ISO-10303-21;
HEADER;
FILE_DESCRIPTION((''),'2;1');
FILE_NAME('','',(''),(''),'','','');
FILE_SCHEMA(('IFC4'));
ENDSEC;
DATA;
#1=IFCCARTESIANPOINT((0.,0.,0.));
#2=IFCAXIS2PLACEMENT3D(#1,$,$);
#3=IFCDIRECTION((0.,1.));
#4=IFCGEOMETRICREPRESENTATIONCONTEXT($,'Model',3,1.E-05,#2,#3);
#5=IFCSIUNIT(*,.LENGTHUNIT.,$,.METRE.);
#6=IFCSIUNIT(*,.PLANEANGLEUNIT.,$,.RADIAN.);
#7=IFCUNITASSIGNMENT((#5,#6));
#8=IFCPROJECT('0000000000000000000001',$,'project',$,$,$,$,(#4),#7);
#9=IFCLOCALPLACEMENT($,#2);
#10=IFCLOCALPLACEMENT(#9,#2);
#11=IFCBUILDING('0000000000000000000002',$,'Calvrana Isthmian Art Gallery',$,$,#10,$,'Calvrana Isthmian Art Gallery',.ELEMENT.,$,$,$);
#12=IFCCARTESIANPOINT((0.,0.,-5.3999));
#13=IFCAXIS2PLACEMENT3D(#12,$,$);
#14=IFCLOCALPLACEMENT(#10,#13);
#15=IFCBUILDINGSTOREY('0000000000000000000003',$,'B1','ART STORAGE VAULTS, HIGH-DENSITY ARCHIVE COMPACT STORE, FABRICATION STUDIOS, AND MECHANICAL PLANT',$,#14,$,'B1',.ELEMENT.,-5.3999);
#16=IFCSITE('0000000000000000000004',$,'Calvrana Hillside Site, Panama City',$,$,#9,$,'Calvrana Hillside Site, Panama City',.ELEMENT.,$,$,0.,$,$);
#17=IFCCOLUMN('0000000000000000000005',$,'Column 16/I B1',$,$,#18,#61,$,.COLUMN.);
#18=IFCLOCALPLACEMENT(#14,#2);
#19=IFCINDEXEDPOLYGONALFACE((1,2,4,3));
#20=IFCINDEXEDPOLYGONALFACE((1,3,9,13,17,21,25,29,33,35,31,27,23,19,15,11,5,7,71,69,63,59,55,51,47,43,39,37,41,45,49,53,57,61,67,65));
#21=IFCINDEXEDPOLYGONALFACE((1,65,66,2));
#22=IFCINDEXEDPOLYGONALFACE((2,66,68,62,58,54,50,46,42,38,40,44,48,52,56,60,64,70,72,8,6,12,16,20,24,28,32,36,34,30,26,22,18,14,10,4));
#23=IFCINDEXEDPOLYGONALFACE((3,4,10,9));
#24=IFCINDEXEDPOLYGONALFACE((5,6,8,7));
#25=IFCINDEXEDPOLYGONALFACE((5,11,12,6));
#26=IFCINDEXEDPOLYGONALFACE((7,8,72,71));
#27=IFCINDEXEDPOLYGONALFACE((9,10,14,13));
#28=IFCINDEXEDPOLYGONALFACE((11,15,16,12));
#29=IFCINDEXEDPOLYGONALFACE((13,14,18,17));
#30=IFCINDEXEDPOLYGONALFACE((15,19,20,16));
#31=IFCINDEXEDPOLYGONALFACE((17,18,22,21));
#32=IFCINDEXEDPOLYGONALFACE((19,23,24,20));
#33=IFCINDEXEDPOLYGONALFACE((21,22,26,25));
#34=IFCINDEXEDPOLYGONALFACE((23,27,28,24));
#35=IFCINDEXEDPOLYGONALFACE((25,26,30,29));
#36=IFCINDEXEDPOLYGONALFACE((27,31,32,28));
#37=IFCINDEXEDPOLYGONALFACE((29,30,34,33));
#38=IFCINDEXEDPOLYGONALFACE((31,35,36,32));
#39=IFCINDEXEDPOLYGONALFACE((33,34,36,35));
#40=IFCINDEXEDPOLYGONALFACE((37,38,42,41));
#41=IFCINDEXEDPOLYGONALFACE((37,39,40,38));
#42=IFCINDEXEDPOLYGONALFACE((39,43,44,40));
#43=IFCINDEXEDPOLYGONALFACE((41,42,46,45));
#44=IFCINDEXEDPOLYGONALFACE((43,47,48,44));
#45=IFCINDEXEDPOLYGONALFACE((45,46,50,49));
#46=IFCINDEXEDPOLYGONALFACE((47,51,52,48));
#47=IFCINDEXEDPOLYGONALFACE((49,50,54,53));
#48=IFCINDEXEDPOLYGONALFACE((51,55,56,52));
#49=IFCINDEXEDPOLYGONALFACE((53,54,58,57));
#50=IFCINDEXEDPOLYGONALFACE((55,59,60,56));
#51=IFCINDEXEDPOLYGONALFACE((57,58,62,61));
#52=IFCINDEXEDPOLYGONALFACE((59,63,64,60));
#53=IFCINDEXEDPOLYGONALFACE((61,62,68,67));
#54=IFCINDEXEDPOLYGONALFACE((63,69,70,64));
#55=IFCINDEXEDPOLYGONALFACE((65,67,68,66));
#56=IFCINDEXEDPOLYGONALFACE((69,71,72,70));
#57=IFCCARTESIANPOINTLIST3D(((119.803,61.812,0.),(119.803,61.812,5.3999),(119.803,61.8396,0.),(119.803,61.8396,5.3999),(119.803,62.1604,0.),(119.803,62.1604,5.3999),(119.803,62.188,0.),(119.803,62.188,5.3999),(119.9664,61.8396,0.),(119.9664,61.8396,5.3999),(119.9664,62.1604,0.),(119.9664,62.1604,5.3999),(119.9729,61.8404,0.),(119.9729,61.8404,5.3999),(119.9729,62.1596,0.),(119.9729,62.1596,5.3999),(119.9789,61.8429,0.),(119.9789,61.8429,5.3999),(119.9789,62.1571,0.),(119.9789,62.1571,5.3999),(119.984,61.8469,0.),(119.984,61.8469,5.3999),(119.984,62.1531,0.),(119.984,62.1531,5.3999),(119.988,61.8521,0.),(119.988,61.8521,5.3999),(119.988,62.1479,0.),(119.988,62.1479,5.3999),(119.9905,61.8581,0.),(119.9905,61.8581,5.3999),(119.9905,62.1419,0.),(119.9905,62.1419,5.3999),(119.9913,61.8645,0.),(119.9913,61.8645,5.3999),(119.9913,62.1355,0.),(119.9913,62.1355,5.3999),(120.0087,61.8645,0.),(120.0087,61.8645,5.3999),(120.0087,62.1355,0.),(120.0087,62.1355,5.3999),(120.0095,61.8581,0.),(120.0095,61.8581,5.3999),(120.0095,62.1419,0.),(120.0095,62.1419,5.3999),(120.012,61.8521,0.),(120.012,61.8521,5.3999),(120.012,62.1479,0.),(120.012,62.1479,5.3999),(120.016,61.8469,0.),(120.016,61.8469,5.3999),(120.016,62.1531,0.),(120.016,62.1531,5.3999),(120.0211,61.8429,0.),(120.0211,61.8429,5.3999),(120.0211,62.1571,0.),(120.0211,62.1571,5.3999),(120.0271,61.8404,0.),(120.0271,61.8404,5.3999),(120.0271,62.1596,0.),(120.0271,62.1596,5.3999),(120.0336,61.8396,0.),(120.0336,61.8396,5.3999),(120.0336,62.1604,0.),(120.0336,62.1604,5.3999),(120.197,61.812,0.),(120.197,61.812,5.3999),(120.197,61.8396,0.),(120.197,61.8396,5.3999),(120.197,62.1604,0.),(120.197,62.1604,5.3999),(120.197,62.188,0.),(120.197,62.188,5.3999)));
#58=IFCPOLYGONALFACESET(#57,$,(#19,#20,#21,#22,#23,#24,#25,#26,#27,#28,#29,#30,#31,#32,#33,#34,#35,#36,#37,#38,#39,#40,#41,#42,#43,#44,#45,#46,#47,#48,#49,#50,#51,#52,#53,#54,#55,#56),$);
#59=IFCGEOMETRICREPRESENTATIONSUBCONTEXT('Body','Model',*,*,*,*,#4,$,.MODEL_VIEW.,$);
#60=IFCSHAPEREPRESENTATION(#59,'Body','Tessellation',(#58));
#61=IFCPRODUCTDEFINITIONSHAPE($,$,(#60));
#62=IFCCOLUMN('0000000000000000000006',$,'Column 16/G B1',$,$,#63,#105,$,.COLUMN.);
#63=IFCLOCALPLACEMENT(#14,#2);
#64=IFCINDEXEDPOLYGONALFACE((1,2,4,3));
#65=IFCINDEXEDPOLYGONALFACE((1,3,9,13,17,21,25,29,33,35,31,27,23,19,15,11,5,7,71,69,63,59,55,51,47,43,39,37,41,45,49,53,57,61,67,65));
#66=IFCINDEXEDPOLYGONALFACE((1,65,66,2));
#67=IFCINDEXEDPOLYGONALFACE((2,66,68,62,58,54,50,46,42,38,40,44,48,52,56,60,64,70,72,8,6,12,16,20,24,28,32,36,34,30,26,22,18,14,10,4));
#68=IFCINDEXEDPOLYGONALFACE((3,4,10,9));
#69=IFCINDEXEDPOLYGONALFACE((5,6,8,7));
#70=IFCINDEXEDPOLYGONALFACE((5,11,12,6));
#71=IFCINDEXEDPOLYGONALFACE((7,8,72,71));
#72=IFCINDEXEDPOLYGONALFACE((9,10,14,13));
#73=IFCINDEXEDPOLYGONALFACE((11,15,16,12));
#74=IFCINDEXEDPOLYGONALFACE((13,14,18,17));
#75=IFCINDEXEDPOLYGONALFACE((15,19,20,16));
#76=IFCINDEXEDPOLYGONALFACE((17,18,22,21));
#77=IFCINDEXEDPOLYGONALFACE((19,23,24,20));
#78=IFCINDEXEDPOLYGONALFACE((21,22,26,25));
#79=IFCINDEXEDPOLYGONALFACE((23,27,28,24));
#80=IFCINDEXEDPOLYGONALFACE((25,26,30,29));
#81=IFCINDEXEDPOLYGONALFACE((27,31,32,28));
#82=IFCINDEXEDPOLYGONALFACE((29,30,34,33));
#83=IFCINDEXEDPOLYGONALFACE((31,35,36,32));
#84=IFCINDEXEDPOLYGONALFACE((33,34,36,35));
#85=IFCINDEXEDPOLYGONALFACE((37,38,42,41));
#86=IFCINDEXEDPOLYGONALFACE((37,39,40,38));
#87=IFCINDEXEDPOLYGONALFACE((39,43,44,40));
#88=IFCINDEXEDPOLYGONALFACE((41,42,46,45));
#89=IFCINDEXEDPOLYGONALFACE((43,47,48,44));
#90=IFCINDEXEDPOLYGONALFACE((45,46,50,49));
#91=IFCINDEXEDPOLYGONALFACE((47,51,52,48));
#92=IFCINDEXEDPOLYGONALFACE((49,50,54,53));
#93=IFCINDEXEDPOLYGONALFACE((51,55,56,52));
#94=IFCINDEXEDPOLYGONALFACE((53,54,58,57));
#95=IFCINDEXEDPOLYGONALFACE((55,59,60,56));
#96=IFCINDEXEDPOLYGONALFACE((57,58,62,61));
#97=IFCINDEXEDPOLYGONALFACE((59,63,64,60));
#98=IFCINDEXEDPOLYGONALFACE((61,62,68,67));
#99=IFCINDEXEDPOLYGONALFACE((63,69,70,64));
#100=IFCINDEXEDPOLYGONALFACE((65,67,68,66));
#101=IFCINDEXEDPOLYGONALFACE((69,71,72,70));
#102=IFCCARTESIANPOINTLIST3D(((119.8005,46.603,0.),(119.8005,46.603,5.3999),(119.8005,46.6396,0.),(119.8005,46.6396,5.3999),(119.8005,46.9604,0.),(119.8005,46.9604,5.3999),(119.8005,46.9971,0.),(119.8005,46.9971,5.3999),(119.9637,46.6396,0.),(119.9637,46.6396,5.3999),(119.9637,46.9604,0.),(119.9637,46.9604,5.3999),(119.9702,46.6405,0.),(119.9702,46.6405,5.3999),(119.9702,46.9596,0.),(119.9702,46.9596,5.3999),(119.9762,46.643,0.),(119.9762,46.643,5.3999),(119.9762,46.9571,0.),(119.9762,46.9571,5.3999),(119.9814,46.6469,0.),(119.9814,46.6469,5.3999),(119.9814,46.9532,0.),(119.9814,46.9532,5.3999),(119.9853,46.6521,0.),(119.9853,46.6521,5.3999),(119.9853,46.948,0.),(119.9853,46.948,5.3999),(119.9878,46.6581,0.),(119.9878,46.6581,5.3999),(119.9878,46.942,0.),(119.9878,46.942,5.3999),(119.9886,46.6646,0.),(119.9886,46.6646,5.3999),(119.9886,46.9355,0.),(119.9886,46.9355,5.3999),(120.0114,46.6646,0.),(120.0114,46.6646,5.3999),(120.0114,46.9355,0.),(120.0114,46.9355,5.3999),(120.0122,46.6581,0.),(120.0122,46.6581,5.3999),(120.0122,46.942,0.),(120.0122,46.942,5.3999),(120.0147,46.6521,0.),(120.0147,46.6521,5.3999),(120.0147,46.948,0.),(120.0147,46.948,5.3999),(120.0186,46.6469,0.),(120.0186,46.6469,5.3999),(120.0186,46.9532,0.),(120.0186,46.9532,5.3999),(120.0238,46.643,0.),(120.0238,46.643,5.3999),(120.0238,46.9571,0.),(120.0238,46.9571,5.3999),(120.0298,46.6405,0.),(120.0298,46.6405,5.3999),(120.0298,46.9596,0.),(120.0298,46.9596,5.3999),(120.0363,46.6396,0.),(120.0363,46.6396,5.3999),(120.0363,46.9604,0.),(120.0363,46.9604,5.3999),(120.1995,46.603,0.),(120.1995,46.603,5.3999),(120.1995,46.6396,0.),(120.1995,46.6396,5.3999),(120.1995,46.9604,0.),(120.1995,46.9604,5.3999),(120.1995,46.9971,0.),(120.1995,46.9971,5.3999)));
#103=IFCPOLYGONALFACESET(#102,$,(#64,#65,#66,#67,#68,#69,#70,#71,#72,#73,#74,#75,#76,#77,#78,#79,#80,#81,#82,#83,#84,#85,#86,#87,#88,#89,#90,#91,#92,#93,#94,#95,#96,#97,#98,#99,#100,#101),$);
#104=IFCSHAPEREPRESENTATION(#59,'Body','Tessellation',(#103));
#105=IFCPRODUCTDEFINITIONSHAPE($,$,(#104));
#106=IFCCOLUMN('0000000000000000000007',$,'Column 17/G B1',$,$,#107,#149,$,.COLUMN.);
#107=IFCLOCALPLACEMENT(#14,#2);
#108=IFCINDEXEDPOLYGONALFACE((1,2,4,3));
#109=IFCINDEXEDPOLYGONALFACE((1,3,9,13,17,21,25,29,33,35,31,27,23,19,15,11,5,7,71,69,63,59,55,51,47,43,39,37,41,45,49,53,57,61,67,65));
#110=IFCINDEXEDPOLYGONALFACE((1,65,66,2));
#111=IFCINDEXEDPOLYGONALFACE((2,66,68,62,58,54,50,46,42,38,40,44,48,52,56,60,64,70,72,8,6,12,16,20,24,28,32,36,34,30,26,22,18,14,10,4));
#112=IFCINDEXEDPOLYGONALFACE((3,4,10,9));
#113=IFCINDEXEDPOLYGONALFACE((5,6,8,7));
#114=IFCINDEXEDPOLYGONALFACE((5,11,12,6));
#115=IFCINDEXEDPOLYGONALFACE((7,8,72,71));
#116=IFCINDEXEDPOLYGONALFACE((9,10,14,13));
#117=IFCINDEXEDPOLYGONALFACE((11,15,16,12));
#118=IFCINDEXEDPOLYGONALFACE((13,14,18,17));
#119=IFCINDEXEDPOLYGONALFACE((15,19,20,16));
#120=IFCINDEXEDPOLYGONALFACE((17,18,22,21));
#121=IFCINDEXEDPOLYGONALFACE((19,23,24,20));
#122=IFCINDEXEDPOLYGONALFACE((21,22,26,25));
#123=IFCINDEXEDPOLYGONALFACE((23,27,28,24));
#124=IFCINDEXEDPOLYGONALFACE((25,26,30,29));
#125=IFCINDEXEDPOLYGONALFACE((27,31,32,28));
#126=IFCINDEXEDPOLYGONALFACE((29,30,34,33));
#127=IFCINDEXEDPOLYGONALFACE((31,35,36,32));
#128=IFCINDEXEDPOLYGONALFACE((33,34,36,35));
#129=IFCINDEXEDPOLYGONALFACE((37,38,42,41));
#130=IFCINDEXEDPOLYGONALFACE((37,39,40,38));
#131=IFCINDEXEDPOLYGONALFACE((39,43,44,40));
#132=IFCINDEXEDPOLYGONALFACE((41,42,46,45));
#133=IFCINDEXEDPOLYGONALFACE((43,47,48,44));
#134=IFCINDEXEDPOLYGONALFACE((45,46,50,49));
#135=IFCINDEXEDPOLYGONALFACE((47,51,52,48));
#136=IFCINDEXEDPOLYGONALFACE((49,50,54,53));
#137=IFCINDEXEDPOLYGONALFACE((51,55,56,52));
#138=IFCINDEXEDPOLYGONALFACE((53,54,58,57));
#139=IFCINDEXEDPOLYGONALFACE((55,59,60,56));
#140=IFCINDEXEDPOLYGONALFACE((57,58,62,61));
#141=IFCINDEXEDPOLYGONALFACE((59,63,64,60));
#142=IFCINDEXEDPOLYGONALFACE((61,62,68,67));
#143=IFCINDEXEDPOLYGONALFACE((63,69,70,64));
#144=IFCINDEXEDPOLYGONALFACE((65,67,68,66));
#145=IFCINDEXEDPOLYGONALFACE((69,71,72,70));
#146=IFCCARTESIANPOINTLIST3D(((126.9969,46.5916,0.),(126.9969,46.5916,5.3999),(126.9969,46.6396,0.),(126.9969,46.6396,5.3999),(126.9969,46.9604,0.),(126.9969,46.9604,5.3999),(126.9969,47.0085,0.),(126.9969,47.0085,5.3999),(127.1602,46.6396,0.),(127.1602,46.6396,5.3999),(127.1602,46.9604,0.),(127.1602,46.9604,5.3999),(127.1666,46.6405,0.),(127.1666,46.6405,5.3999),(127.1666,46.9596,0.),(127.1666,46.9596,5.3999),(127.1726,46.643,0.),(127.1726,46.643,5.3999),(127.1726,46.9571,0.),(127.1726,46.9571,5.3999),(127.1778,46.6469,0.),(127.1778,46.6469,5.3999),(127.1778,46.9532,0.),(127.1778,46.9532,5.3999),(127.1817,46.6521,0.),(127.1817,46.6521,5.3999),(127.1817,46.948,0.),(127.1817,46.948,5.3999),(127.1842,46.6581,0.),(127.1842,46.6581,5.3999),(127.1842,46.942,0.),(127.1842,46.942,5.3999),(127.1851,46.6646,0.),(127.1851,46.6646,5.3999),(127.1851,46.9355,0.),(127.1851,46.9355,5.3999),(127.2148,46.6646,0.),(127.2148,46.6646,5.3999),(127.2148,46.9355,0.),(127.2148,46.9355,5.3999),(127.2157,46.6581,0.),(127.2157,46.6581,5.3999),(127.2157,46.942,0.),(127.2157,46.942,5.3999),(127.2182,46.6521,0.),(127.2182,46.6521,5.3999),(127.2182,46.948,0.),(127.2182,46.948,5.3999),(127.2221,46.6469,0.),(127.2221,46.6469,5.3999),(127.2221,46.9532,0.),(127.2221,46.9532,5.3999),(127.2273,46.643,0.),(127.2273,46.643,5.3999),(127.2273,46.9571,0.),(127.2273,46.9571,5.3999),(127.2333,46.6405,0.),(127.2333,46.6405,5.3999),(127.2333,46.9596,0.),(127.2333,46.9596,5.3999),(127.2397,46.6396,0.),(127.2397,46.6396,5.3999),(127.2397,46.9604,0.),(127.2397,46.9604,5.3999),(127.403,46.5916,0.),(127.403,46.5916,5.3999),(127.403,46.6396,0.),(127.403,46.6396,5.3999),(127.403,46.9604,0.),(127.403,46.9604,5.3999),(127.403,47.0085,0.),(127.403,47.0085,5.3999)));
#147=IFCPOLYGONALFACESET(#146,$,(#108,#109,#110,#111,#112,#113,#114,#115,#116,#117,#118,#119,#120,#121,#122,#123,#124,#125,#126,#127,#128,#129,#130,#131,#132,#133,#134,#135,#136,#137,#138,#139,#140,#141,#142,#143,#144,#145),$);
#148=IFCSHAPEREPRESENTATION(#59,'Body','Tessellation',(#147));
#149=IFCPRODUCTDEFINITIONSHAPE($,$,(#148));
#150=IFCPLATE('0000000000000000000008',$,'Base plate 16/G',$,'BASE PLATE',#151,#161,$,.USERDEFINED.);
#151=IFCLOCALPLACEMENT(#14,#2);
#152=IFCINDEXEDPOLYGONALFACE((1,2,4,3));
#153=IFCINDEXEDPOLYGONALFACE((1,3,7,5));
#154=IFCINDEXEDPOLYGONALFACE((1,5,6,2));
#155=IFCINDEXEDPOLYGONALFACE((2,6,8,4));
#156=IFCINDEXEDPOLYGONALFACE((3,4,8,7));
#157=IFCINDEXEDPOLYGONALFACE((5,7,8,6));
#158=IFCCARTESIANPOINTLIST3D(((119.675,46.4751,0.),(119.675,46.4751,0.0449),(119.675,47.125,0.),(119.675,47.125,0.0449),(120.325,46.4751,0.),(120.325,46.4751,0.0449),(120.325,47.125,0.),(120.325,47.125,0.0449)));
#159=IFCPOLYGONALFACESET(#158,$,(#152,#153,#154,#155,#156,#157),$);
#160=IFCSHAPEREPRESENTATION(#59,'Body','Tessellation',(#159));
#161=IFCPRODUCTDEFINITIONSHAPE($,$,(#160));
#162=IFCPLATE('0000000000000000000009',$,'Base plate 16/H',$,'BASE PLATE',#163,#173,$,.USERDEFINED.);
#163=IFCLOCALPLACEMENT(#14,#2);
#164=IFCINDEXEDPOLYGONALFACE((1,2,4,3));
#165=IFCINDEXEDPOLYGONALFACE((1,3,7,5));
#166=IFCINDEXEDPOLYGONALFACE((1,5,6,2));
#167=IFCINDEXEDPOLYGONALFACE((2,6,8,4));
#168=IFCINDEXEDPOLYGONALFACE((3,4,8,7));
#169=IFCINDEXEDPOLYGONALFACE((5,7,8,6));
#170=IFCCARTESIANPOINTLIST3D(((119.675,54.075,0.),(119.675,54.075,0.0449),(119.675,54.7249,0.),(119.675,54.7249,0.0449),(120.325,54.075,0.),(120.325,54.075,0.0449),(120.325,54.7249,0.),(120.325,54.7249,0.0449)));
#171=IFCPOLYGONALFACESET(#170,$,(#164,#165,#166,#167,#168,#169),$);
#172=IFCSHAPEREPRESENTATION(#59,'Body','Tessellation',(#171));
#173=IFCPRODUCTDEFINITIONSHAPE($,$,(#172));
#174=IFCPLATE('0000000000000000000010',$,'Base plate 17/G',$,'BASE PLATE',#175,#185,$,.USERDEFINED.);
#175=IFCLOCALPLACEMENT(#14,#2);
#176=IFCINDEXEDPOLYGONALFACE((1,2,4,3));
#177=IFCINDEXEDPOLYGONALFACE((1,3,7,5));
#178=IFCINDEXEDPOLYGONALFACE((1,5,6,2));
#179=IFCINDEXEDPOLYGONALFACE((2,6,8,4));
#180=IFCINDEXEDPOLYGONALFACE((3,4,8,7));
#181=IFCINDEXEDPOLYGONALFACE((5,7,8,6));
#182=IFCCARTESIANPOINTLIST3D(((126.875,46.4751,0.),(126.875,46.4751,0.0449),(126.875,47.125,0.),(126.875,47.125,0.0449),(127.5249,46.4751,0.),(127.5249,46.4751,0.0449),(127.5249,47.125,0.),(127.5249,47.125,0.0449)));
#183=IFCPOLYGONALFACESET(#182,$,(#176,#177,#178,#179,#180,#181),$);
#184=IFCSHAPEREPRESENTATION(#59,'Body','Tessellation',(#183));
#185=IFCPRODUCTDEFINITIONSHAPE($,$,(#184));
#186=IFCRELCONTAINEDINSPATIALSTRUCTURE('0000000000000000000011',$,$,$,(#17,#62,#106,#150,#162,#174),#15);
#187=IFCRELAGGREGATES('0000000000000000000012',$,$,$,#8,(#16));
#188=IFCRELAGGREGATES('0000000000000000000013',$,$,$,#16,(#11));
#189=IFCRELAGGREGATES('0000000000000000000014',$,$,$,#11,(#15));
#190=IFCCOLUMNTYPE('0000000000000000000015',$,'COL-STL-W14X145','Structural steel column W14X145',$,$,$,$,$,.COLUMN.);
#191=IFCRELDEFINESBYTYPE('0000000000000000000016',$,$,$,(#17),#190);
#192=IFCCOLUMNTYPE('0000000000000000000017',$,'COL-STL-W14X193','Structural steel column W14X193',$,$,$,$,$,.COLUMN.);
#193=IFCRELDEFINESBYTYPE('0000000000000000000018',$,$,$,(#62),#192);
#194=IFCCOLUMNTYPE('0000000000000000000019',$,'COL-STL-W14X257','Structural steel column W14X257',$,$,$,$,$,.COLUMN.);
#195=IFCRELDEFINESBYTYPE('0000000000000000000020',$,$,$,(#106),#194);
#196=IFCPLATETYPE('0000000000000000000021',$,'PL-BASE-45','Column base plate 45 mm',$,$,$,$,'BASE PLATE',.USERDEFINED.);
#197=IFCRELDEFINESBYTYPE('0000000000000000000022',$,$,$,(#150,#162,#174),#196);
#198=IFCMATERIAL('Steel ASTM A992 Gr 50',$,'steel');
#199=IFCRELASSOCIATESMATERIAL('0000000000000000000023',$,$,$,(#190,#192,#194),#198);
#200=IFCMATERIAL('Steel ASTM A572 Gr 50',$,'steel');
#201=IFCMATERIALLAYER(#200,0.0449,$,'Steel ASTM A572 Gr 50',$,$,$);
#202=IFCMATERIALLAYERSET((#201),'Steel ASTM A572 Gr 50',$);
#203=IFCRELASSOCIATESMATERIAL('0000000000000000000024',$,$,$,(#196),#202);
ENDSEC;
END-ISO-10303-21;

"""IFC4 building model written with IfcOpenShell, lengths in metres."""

from ifc_helpers import new_model, si_unit, direction, frame, origin, origin_2d, place, context, subcontext, project, spatial, rectangle, i_section, extrude, material, layer, layer_set, material_profile, profile_set, type_object, element, save


model = new_model("IFC4")

# Units and contexts
model_context = context("Model", 3, precision=1e-05, world=origin(), true_north=direction((0.0, 1.0)))
body_context = subcontext(model_context, "Body", "Model", "MODEL_VIEW")
ifc_project = project(units=[si_unit("LENGTHUNIT", "METRE"), si_unit("PLANEANGLEUNIT", "RADIAN")], contexts=[model_context])

# Site, building, storey
site_placement = place(None, origin())
site = spatial("IfcSite", under=ifc_project, at=site_placement, Name="Calvrana Hillside Site, Panama City", LongName="Calvrana Hillside Site, Panama City", CompositionType="ELEMENT", RefElevation=0.0)
building_placement = place(site_placement, origin())
building = spatial("IfcBuilding", under=site, at=building_placement, Name="Calvrana Isthmian Art Gallery", LongName="Calvrana Isthmian Art Gallery", CompositionType="ELEMENT")
storey_placement = place(building_placement, frame((0.0, 0.0, -5.3999)))
storey = spatial("IfcBuildingStorey", under=building, at=storey_placement, Name="B1", Description="ART STORAGE VAULTS, HIGH-DENSITY ARCHIVE COMPACT STORE, FABRICATION STUDIOS, AND MECHANICAL PLANT", LongName="B1", CompositionType="ELEMENT", Elevation=-5.3999)

# Columns
ifc_material_1 = material(Name="Steel ASTM A992 Gr 50", Category="steel")
ifc_material_profile_1 = material_profile(ifc_material_1, i_section(OverallWidth=0.394, OverallDepth=0.376, WebThickness=0.0173, FlangeThickness=0.0276, FilletRadius=0.0249, at=origin_2d()), Name="W14X145")
ifc_profile_set_1 = profile_set([ifc_material_profile_1], Name="Steel ASTM A992 Gr 50")
column_type_1 = type_object("IfcColumnType", Name="COL-STL-W14X145", Description="Structural steel column W14X145", PredefinedType="COLUMN", material=ifc_profile_set_1)
column_1_placement = place(storey_placement, frame((120.0, 62.0, 0.0), z_axis=(0.0, 0.0, 1.0), x_axis=(1.0, 0.0, 0.0)))
element("IfcColumn", 1, at=column_1_placement, inside=storey, type_object=column_type_1, Name="Column 16/I B1", PredefinedType="COLUMN", context=body_context, shape_type="SweptSolid", body=[
    extrude(i_section(OverallWidth=0.394, OverallDepth=0.376, WebThickness=0.0173, FlangeThickness=0.0276, FilletRadius=0.0249, at=origin_2d()), origin(), (0.0, 0.0, 1.0), 5.3999),
])
ifc_material_profile_2 = material_profile(ifc_material_1, i_section(OverallWidth=0.3989, OverallDepth=0.394, WebThickness=0.0227, FlangeThickness=0.0366, FilletRadius=0.0249, at=origin_2d()), Name="W14X193")
ifc_profile_set_2 = profile_set([ifc_material_profile_2], Name="Steel ASTM A992 Gr 50")
column_type_2 = type_object("IfcColumnType", Name="COL-STL-W14X193", Description="Structural steel column W14X193", PredefinedType="COLUMN", material=ifc_profile_set_2)
column_2_placement = place(storey_placement, frame((120.0, 46.8, 0.0), z_axis=(0.0, 0.0, 1.0), x_axis=(1.0, 0.0, 0.0)))
element("IfcColumn", 2, at=column_2_placement, inside=storey, type_object=column_type_2, Name="Column 16/G B1", PredefinedType="COLUMN", context=body_context, shape_type="SweptSolid", body=[
    extrude(i_section(OverallWidth=0.3989, OverallDepth=0.394, WebThickness=0.0227, FlangeThickness=0.0366, FilletRadius=0.0249, at=origin_2d()), origin(), (0.0, 0.0, 1.0), 5.3999),
])
ifc_material_profile_3 = material_profile(ifc_material_1, i_section(OverallWidth=0.406, OverallDepth=0.417, WebThickness=0.0298, FlangeThickness=0.0481, FilletRadius=0.0249, at=origin_2d()), Name="W14X257")
ifc_profile_set_3 = profile_set([ifc_material_profile_3], Name="Steel ASTM A992 Gr 50")
column_type_3 = type_object("IfcColumnType", Name="COL-STL-W14X257", Description="Structural steel column W14X257", PredefinedType="COLUMN", material=ifc_profile_set_3)
column_3_placement = place(storey_placement, frame((127.2, 46.8, 0.0), z_axis=(0.0, 0.0, 1.0), x_axis=(1.0, 0.0, 0.0)))
element("IfcColumn", 3, at=column_3_placement, inside=storey, type_object=column_type_3, Name="Column 17/G B1", PredefinedType="COLUMN", context=body_context, shape_type="SweptSolid", body=[
    extrude(i_section(OverallWidth=0.406, OverallDepth=0.417, WebThickness=0.0298, FlangeThickness=0.0481, FilletRadius=0.0249, at=origin_2d()), origin(), (0.0, 0.0, 1.0), 5.3999),
])

# Plates
ifc_material_2 = material(Name="Steel ASTM A572 Gr 50", Category="steel")
ifc_layer_1 = layer(ifc_material_2, 0.0449, Name="Steel ASTM A572 Gr 50")
ifc_layer_set_1 = layer_set([ifc_layer_1], Name="Steel ASTM A572 Gr 50")
plate_type = type_object("IfcPlateType", Name="PL-BASE-45", Description="Column base plate 45 mm", ElementType="BASE PLATE", PredefinedType="USERDEFINED", material=ifc_layer_set_1)
for number, where, z_axis, x_axis, name in (
    (4, (120.0, 46.8, 0.0), (0.0, 0.0, 1.0), (1.0, 0.0, 0.0), "Base plate 16/G"),
    (5, (120.0, 54.3999, 0.0), (0.0, 0.0, 1.0), (1.0, 0.0, 0.0), "Base plate 16/H"),
    (6, (127.2, 46.8, 0.0), (0.0, 0.0, 1.0), (1.0, 0.0, 0.0), "Base plate 17/G"),
):
    element("IfcPlate", number, at=place(storey_placement, frame(where, z_axis=z_axis, x_axis=x_axis)), inside=storey, type_object=plate_type, Name=name, ObjectType="BASE PLATE", PredefinedType="USERDEFINED", context=body_context, shape_type="SweptSolid", body=[
        extrude(rectangle(XDim=0.6499, YDim=0.6499, at=origin_2d()), origin(), (0.0, 0.0, 1.0), 0.0449),
    ])

save(model, "model.ifc")
